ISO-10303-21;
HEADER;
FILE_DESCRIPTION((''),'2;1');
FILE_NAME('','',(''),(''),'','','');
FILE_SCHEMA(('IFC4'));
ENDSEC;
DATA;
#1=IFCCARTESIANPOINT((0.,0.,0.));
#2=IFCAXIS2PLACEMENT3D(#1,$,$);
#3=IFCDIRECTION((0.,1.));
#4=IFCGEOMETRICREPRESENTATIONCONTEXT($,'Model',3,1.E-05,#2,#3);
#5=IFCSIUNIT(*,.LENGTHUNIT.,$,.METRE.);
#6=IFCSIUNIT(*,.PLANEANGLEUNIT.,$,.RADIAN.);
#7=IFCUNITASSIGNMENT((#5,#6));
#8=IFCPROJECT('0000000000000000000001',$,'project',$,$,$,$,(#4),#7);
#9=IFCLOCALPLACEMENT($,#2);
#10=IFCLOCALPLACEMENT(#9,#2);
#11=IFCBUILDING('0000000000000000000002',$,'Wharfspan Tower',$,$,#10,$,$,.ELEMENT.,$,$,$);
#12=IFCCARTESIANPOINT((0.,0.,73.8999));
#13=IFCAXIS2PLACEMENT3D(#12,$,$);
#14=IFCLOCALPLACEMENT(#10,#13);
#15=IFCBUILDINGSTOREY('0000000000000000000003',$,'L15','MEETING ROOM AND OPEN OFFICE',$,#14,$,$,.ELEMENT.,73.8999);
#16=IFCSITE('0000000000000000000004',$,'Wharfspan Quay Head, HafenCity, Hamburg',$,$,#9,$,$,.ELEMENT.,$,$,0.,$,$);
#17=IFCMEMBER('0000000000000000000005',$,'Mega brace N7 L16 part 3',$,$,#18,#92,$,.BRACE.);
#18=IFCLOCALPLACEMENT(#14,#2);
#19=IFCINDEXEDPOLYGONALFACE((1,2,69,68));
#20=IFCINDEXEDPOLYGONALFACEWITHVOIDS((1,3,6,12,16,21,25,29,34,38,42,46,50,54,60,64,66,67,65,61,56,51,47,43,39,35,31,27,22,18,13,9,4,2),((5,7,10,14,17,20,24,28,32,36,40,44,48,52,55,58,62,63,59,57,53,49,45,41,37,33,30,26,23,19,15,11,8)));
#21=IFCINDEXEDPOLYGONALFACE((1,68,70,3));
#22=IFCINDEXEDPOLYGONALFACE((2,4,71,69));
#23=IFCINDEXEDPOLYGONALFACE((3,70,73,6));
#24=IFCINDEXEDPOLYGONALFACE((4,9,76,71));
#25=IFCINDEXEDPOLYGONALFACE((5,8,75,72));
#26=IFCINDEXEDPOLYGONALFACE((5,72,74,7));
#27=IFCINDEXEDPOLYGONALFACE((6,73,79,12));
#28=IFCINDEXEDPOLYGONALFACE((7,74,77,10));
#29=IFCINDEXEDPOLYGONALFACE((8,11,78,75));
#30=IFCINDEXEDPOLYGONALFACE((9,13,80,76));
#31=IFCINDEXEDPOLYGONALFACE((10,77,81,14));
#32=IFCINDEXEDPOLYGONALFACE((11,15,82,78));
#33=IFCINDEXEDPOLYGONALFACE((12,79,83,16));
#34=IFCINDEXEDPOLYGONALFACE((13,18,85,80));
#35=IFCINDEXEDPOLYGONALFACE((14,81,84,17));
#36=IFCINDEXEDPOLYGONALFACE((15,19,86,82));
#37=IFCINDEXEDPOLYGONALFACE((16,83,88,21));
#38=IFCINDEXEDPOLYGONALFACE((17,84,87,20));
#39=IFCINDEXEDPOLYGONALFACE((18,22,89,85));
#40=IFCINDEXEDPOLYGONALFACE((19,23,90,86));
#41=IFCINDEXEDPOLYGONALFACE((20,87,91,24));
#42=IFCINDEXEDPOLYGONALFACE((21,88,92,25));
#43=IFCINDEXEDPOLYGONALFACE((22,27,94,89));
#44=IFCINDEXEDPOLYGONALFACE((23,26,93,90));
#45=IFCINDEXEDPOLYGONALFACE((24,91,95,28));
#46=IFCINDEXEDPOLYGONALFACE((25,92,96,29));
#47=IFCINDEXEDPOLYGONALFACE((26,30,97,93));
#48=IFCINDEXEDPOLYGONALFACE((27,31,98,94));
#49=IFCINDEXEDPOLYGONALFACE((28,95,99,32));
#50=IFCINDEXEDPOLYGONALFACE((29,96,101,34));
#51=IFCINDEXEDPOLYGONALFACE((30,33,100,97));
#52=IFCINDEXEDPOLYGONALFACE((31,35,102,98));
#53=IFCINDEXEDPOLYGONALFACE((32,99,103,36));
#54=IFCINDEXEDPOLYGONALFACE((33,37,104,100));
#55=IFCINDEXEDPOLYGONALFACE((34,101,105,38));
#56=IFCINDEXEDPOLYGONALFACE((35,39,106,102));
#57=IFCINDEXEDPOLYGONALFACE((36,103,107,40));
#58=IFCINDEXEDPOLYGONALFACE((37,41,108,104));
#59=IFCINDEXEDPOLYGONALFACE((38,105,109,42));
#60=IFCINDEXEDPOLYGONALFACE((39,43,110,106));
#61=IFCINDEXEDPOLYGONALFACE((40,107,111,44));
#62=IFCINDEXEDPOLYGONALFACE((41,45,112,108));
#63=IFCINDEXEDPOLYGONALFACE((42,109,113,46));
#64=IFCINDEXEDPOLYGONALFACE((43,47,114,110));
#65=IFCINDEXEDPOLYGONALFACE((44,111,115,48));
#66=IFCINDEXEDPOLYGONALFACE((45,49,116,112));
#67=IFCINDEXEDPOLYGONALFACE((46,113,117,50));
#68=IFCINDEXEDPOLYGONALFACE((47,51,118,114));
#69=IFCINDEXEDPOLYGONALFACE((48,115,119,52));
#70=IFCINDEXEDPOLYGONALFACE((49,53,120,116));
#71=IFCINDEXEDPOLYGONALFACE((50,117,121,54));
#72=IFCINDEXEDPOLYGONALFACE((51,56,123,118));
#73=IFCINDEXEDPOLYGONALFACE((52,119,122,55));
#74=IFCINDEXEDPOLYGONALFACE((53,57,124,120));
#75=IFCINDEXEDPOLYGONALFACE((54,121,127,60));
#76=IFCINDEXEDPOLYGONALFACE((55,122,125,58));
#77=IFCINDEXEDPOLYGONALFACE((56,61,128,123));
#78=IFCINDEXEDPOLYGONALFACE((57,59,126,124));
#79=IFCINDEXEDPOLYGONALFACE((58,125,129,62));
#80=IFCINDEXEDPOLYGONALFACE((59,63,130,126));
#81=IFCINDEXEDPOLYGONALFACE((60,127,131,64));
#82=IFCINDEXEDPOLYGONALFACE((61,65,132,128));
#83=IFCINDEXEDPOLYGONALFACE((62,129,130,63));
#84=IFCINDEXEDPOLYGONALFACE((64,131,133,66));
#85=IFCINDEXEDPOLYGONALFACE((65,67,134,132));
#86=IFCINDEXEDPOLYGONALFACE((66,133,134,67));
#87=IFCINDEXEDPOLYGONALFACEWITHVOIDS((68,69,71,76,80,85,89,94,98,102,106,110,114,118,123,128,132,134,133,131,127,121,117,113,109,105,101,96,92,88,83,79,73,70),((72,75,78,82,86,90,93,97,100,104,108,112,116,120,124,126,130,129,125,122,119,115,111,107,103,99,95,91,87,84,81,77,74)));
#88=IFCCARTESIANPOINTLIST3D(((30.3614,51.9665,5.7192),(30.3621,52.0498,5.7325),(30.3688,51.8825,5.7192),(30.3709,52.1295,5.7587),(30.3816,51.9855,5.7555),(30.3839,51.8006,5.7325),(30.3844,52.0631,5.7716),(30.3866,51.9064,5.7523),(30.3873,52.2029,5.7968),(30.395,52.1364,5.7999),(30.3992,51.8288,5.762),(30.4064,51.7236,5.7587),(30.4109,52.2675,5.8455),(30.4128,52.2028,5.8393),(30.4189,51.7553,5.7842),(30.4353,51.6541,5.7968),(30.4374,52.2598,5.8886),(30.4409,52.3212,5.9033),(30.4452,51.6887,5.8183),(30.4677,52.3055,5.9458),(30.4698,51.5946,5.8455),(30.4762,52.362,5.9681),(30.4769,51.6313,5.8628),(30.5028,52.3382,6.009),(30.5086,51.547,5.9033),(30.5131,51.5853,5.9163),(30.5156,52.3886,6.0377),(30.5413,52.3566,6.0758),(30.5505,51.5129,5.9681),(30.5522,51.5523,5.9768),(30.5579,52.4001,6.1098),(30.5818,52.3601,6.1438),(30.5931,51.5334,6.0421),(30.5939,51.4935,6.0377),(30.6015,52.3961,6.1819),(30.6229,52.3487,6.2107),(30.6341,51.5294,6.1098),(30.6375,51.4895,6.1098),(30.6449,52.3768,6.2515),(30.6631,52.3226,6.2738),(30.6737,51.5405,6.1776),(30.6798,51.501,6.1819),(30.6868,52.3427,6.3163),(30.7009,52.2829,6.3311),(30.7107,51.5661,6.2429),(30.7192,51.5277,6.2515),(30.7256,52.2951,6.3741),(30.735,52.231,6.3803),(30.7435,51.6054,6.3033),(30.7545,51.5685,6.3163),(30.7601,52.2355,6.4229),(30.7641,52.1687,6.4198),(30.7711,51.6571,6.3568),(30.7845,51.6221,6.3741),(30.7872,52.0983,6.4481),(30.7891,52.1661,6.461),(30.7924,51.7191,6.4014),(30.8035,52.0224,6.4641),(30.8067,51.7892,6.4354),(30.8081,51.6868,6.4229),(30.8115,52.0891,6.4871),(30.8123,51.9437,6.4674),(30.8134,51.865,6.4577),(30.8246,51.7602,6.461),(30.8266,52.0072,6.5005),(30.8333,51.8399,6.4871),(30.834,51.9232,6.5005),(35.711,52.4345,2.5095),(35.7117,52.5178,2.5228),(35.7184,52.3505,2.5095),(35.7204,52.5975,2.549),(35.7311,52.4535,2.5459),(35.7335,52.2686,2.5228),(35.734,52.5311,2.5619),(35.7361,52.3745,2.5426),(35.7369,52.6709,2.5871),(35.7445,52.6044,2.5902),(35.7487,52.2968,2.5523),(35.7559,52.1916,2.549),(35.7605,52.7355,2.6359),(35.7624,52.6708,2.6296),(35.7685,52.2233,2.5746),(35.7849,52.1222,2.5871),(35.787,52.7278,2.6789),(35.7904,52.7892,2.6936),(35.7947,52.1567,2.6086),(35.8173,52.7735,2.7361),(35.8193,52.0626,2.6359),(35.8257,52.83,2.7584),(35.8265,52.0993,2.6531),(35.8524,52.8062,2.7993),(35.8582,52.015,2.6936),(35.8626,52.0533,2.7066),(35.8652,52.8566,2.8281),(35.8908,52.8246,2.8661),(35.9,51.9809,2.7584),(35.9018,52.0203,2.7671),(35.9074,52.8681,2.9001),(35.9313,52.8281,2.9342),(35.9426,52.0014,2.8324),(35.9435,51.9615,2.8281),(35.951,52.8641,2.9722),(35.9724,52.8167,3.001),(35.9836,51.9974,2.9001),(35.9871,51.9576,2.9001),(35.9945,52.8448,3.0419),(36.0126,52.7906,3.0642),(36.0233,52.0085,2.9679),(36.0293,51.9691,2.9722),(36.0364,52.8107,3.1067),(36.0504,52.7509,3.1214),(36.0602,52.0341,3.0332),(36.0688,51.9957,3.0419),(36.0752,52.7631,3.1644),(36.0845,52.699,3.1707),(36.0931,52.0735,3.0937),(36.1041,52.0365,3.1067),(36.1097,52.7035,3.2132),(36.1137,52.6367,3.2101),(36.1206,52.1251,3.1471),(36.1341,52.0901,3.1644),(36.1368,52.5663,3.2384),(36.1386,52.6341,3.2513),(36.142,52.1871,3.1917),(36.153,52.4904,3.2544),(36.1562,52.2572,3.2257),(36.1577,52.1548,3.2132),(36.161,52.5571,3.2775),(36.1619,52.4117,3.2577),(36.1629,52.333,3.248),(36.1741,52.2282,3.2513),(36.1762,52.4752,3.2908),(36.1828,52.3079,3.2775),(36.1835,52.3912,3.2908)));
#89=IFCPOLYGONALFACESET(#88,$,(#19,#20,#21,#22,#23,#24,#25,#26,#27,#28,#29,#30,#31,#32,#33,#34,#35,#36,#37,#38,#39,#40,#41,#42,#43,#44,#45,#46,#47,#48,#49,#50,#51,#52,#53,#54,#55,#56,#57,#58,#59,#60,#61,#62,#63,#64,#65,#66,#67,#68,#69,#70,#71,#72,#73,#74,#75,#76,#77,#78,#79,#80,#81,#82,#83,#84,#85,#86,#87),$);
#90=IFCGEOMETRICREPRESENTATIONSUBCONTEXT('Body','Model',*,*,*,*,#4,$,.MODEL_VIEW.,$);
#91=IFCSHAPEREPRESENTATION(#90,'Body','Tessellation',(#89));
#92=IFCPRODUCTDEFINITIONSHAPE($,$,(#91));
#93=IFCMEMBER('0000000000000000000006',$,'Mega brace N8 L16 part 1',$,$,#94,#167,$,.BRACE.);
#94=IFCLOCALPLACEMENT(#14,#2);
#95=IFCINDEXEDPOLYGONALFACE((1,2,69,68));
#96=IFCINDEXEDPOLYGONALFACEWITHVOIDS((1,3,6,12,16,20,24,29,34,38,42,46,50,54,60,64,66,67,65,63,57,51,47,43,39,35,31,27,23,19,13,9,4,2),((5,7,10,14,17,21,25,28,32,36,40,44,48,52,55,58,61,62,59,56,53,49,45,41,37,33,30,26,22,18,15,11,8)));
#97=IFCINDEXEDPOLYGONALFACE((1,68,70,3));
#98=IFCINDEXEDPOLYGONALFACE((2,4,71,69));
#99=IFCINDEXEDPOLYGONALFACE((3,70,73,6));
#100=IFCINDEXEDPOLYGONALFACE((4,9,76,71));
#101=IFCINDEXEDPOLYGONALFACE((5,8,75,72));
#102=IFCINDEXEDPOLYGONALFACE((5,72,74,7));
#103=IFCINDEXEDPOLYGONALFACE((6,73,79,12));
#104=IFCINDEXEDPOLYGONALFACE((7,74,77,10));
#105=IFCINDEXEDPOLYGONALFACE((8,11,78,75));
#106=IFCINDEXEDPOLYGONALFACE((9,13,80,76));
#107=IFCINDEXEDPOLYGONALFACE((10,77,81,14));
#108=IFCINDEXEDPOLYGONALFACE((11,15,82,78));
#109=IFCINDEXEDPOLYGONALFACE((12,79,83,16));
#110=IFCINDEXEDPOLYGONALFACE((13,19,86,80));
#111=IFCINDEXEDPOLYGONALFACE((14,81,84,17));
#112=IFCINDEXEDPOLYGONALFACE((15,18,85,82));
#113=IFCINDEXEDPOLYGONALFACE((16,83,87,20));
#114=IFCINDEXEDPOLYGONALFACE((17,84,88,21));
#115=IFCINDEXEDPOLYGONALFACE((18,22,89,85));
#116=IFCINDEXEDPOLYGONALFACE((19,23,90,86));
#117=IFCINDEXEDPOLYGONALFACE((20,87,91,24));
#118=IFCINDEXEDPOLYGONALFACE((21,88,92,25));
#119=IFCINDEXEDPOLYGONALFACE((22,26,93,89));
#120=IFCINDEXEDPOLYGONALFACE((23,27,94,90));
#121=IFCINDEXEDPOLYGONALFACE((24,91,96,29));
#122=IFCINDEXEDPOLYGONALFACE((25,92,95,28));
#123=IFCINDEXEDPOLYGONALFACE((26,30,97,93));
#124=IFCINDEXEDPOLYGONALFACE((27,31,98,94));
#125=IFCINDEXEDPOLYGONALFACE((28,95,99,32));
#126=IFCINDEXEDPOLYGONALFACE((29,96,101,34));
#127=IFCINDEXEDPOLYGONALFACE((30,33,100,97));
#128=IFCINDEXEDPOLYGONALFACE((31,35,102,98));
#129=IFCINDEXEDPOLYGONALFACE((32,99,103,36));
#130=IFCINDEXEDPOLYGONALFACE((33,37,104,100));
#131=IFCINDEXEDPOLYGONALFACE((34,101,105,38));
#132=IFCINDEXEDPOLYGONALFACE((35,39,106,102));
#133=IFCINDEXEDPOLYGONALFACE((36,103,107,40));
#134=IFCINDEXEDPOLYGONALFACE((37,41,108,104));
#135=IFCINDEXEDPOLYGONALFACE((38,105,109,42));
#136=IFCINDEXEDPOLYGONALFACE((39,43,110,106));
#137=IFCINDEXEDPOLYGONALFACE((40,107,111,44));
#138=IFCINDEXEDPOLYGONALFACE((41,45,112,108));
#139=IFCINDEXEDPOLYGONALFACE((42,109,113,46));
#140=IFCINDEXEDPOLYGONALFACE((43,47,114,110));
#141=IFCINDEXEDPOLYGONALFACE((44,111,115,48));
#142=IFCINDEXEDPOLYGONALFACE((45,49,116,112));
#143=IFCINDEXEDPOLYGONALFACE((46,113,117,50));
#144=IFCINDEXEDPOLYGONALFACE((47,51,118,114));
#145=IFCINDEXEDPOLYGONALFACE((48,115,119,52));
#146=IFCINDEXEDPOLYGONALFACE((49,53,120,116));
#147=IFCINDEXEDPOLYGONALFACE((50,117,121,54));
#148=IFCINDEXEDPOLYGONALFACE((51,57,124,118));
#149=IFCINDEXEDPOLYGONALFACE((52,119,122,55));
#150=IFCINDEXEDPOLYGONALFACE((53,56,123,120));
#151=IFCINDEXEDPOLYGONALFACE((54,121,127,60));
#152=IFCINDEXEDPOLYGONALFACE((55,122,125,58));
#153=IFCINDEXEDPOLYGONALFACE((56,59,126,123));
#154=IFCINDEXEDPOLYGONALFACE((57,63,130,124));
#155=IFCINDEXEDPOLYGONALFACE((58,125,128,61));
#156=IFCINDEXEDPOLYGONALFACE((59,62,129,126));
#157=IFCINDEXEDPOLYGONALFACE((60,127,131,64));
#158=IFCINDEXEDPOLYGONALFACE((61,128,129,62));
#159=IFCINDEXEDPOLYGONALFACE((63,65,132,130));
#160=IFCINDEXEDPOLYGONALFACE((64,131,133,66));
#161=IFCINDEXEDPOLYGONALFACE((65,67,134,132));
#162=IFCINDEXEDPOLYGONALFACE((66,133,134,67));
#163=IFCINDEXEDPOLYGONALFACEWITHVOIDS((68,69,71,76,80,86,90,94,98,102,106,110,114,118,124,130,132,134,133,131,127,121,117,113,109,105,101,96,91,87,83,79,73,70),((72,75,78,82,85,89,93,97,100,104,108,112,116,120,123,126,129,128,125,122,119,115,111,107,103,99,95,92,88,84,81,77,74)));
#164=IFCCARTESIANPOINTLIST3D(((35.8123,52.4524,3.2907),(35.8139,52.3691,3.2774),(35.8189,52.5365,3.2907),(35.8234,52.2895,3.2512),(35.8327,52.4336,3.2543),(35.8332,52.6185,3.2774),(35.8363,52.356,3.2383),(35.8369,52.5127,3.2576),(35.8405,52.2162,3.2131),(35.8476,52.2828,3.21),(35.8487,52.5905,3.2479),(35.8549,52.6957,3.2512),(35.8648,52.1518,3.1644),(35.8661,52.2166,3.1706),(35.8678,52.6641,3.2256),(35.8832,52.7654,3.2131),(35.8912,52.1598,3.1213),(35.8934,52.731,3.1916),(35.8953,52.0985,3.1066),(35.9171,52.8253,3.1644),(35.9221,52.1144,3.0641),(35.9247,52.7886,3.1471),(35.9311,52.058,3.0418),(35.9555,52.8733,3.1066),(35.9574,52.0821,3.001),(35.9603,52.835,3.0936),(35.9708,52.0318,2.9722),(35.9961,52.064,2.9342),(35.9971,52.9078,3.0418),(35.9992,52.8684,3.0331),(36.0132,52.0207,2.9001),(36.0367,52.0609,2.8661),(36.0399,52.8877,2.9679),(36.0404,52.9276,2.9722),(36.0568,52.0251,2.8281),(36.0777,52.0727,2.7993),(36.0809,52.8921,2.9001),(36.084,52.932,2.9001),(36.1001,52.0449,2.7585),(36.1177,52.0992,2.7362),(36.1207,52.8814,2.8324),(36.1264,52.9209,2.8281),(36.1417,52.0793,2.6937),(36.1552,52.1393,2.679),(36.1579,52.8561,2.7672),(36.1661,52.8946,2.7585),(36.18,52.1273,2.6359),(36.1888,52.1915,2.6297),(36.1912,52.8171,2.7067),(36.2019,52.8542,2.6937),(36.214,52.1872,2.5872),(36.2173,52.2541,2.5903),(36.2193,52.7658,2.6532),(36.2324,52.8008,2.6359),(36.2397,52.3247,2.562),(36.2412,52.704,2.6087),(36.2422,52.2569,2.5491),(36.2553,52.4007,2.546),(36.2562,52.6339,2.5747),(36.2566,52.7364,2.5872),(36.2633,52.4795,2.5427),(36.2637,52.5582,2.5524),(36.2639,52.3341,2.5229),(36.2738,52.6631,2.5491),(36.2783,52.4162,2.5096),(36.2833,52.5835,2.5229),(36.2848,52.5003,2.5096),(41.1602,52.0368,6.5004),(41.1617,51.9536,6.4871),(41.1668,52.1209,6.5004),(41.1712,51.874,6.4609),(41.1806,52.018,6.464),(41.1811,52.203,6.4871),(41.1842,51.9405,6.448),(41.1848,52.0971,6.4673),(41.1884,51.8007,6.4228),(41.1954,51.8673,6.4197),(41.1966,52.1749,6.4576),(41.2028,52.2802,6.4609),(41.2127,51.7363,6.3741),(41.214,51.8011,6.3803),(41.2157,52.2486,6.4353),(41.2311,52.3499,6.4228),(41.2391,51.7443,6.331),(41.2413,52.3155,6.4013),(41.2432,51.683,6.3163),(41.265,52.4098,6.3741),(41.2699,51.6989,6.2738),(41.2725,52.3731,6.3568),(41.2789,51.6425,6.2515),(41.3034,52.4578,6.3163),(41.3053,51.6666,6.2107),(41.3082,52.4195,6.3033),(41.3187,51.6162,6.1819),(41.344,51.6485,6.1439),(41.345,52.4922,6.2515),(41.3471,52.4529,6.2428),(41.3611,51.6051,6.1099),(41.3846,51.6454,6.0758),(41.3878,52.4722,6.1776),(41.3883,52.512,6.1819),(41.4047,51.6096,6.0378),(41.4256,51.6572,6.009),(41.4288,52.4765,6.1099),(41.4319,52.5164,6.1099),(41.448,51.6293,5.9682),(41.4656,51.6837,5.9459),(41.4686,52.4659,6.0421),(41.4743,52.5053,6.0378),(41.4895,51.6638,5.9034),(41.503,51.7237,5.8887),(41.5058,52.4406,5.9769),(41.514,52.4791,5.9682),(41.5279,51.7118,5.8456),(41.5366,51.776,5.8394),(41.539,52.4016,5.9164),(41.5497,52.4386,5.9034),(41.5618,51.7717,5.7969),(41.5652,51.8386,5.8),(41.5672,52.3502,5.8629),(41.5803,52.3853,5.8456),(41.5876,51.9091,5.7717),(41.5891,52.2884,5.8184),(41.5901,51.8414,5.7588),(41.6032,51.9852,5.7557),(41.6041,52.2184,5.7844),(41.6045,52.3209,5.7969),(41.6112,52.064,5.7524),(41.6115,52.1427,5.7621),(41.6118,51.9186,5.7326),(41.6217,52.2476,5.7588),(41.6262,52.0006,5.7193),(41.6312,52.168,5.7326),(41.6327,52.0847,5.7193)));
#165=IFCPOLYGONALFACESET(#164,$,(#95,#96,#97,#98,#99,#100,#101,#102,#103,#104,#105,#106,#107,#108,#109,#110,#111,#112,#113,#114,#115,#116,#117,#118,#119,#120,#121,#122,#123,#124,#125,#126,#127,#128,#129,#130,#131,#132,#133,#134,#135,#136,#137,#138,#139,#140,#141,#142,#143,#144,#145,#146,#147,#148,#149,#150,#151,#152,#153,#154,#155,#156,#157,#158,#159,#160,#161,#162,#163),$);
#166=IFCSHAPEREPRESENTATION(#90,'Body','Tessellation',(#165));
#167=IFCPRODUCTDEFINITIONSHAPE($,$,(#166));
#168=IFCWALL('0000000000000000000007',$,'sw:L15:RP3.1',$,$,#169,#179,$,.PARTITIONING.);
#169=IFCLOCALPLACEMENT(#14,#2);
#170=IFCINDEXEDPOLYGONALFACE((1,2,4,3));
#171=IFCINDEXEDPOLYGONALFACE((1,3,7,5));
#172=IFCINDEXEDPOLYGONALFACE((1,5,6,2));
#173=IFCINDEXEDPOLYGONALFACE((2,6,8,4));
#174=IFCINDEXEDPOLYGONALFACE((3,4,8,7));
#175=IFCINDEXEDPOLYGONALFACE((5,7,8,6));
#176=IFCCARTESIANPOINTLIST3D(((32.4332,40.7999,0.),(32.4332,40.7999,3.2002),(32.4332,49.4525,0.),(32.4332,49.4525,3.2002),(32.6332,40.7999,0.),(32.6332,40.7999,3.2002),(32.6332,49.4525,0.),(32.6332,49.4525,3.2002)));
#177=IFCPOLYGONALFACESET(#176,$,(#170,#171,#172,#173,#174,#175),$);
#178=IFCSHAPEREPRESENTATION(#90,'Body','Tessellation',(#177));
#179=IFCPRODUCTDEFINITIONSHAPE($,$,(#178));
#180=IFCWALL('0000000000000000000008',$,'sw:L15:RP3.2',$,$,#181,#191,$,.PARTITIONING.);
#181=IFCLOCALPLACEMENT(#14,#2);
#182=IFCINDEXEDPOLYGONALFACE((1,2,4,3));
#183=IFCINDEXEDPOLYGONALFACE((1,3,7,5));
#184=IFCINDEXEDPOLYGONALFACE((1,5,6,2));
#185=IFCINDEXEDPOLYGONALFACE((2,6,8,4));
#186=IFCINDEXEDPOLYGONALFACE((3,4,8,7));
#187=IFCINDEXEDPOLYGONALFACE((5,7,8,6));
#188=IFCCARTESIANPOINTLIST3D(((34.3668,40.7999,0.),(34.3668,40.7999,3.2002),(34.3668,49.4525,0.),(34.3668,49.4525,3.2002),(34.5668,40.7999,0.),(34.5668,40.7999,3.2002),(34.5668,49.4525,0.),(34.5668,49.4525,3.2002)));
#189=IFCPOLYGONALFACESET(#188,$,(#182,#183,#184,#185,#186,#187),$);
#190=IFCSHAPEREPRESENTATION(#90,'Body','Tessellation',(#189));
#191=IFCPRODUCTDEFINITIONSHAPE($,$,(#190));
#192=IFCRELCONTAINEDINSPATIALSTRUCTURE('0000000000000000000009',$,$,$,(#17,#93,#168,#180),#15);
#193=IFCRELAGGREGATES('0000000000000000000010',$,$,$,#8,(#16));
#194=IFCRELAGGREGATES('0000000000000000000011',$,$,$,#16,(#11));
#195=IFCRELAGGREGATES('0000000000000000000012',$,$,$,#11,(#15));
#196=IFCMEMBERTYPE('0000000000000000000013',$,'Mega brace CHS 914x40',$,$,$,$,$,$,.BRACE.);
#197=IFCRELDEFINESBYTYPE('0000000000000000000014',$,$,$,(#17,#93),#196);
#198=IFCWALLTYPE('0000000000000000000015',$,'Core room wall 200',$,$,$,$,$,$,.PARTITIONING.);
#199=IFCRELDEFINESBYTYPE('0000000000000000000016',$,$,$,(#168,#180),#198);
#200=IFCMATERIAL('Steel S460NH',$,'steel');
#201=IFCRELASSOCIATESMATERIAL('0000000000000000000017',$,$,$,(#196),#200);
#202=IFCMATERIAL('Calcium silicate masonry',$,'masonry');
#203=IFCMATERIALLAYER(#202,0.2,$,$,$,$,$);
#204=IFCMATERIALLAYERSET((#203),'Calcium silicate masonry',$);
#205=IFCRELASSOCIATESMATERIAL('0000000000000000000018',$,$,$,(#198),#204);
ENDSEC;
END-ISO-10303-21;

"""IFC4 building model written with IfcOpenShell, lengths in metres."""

from ifc_helpers import new_model, si_unit, direction, frame, frame_2d, origin, origin_2d, place, context, subcontext, project, spatial, rectangle, hollow_circle, extrude, material, layer, layer_set, material_profile, profile_set, type_object, element, save


model = new_model("IFC4")

# Units and contexts
model_context = context("Model", 3, precision=1e-05, world=origin(), true_north=direction((0.0, 1.0)))
body_context = subcontext(model_context, "Body", "Model", "MODEL_VIEW")
ifc_project = project(units=[si_unit("LENGTHUNIT", "METRE"), si_unit("PLANEANGLEUNIT", "RADIAN")], contexts=[model_context])

# Site, building, storey
site_placement = place(None, origin())
site = spatial("IfcSite", under=ifc_project, at=site_placement, Name="Wharfspan Quay Head, HafenCity, Hamburg", CompositionType="ELEMENT", RefElevation=0.0)
building_placement = place(site_placement, origin())
building = spatial("IfcBuilding", under=site, at=building_placement, Name="Wharfspan Tower", CompositionType="ELEMENT")
storey_placement = place(building_placement, frame((0.0, 0.0, 73.8999)))
storey = spatial("IfcBuildingStorey", under=building, at=storey_placement, Name="L15", Description="MEETING ROOM AND OPEN OFFICE", CompositionType="ELEMENT", Elevation=73.8999)

# Members
ifc_material_1 = material(Name="Steel S460NH", Category="steel")
ifc_material_profile_1 = material_profile(ifc_material_1, hollow_circle(Radius=0.457, WallThickness=0.04, at=origin_2d()))
ifc_profile_set_1 = profile_set([ifc_material_profile_1], Name="Steel S460NH")
member_type = type_object("IfcMemberType", Name="Mega brace CHS 914x40", PredefinedType="BRACE", material=ifc_profile_set_1)
member_1_placement = place(storey_placement, frame((35.9473, 52.4128, 2.9001), z_axis=(-0.855094, -0.074809, 0.513048), x_axis=(0.087154, -0.996195, 0.000001)))
element("IfcMember", 1, at=member_1_placement, inside=storey, type_object=member_type, Name="Mega brace N7 L16 part 3", PredefinedType="BRACE", context=body_context, shape_type="SweptSolid", body=[
    extrude(hollow_circle(Radius=0.457, WallThickness=0.04, at=origin_2d()), origin(), (0.0, 0.0, 1.0), 6.2561),
])
member_2_placement = place(storey_placement, frame((36.0486, 52.4763, 2.9001), z_axis=(0.855527, -0.066474, 0.513473), x_axis=(0.077466, 0.996995, 0.0)))
element("IfcMember", 2, at=member_2_placement, inside=storey, type_object=member_type, Name="Mega brace N8 L16 part 1", PredefinedType="BRACE", context=body_context, shape_type="SweptSolid", body=[
    extrude(hollow_circle(Radius=0.457, WallThickness=0.04, at=origin_2d()), origin(), (0.0, 0.0, 1.0), 6.251),
])

# Walls
ifc_material_2 = material(Name="Calcium silicate masonry", Category="masonry")
ifc_layer_1 = layer(ifc_material_2, 0.2)
ifc_layer_set_1 = layer_set([ifc_layer_1], Name="Calcium silicate masonry")
wall_type_1 = type_object("IfcWallType", Name="Core room wall 200", PredefinedType="PARTITIONING", material=ifc_layer_set_1)
for number, where, z_axis, x_axis, name in (
    (3, (32.5332, 40.8, 0.0), (0.0, 0.0, 1.0), (0.0, 1.0, 0.0), "sw:L15:RP3.1"),
    (4, (34.4668, 40.8, 0.0), (0.0, 0.0, 1.0), (0.0, 1.0, 0.0), "sw:L15:RP3.2"),
):
    element("IfcWall", number, at=place(storey_placement, frame(where, z_axis=z_axis, x_axis=x_axis)), inside=storey, type_object=wall_type_1, Name=name, PredefinedType="PARTITIONING", context=body_context, shape_type="SweptSolid", body=[
        extrude(rectangle(XDim=8.6526, YDim=0.2, at=frame_2d((4.3262, 0.0))), origin(), (0.0, 0.0, 1.0), 3.2002),
    ])

save(model, "model.ifc")
